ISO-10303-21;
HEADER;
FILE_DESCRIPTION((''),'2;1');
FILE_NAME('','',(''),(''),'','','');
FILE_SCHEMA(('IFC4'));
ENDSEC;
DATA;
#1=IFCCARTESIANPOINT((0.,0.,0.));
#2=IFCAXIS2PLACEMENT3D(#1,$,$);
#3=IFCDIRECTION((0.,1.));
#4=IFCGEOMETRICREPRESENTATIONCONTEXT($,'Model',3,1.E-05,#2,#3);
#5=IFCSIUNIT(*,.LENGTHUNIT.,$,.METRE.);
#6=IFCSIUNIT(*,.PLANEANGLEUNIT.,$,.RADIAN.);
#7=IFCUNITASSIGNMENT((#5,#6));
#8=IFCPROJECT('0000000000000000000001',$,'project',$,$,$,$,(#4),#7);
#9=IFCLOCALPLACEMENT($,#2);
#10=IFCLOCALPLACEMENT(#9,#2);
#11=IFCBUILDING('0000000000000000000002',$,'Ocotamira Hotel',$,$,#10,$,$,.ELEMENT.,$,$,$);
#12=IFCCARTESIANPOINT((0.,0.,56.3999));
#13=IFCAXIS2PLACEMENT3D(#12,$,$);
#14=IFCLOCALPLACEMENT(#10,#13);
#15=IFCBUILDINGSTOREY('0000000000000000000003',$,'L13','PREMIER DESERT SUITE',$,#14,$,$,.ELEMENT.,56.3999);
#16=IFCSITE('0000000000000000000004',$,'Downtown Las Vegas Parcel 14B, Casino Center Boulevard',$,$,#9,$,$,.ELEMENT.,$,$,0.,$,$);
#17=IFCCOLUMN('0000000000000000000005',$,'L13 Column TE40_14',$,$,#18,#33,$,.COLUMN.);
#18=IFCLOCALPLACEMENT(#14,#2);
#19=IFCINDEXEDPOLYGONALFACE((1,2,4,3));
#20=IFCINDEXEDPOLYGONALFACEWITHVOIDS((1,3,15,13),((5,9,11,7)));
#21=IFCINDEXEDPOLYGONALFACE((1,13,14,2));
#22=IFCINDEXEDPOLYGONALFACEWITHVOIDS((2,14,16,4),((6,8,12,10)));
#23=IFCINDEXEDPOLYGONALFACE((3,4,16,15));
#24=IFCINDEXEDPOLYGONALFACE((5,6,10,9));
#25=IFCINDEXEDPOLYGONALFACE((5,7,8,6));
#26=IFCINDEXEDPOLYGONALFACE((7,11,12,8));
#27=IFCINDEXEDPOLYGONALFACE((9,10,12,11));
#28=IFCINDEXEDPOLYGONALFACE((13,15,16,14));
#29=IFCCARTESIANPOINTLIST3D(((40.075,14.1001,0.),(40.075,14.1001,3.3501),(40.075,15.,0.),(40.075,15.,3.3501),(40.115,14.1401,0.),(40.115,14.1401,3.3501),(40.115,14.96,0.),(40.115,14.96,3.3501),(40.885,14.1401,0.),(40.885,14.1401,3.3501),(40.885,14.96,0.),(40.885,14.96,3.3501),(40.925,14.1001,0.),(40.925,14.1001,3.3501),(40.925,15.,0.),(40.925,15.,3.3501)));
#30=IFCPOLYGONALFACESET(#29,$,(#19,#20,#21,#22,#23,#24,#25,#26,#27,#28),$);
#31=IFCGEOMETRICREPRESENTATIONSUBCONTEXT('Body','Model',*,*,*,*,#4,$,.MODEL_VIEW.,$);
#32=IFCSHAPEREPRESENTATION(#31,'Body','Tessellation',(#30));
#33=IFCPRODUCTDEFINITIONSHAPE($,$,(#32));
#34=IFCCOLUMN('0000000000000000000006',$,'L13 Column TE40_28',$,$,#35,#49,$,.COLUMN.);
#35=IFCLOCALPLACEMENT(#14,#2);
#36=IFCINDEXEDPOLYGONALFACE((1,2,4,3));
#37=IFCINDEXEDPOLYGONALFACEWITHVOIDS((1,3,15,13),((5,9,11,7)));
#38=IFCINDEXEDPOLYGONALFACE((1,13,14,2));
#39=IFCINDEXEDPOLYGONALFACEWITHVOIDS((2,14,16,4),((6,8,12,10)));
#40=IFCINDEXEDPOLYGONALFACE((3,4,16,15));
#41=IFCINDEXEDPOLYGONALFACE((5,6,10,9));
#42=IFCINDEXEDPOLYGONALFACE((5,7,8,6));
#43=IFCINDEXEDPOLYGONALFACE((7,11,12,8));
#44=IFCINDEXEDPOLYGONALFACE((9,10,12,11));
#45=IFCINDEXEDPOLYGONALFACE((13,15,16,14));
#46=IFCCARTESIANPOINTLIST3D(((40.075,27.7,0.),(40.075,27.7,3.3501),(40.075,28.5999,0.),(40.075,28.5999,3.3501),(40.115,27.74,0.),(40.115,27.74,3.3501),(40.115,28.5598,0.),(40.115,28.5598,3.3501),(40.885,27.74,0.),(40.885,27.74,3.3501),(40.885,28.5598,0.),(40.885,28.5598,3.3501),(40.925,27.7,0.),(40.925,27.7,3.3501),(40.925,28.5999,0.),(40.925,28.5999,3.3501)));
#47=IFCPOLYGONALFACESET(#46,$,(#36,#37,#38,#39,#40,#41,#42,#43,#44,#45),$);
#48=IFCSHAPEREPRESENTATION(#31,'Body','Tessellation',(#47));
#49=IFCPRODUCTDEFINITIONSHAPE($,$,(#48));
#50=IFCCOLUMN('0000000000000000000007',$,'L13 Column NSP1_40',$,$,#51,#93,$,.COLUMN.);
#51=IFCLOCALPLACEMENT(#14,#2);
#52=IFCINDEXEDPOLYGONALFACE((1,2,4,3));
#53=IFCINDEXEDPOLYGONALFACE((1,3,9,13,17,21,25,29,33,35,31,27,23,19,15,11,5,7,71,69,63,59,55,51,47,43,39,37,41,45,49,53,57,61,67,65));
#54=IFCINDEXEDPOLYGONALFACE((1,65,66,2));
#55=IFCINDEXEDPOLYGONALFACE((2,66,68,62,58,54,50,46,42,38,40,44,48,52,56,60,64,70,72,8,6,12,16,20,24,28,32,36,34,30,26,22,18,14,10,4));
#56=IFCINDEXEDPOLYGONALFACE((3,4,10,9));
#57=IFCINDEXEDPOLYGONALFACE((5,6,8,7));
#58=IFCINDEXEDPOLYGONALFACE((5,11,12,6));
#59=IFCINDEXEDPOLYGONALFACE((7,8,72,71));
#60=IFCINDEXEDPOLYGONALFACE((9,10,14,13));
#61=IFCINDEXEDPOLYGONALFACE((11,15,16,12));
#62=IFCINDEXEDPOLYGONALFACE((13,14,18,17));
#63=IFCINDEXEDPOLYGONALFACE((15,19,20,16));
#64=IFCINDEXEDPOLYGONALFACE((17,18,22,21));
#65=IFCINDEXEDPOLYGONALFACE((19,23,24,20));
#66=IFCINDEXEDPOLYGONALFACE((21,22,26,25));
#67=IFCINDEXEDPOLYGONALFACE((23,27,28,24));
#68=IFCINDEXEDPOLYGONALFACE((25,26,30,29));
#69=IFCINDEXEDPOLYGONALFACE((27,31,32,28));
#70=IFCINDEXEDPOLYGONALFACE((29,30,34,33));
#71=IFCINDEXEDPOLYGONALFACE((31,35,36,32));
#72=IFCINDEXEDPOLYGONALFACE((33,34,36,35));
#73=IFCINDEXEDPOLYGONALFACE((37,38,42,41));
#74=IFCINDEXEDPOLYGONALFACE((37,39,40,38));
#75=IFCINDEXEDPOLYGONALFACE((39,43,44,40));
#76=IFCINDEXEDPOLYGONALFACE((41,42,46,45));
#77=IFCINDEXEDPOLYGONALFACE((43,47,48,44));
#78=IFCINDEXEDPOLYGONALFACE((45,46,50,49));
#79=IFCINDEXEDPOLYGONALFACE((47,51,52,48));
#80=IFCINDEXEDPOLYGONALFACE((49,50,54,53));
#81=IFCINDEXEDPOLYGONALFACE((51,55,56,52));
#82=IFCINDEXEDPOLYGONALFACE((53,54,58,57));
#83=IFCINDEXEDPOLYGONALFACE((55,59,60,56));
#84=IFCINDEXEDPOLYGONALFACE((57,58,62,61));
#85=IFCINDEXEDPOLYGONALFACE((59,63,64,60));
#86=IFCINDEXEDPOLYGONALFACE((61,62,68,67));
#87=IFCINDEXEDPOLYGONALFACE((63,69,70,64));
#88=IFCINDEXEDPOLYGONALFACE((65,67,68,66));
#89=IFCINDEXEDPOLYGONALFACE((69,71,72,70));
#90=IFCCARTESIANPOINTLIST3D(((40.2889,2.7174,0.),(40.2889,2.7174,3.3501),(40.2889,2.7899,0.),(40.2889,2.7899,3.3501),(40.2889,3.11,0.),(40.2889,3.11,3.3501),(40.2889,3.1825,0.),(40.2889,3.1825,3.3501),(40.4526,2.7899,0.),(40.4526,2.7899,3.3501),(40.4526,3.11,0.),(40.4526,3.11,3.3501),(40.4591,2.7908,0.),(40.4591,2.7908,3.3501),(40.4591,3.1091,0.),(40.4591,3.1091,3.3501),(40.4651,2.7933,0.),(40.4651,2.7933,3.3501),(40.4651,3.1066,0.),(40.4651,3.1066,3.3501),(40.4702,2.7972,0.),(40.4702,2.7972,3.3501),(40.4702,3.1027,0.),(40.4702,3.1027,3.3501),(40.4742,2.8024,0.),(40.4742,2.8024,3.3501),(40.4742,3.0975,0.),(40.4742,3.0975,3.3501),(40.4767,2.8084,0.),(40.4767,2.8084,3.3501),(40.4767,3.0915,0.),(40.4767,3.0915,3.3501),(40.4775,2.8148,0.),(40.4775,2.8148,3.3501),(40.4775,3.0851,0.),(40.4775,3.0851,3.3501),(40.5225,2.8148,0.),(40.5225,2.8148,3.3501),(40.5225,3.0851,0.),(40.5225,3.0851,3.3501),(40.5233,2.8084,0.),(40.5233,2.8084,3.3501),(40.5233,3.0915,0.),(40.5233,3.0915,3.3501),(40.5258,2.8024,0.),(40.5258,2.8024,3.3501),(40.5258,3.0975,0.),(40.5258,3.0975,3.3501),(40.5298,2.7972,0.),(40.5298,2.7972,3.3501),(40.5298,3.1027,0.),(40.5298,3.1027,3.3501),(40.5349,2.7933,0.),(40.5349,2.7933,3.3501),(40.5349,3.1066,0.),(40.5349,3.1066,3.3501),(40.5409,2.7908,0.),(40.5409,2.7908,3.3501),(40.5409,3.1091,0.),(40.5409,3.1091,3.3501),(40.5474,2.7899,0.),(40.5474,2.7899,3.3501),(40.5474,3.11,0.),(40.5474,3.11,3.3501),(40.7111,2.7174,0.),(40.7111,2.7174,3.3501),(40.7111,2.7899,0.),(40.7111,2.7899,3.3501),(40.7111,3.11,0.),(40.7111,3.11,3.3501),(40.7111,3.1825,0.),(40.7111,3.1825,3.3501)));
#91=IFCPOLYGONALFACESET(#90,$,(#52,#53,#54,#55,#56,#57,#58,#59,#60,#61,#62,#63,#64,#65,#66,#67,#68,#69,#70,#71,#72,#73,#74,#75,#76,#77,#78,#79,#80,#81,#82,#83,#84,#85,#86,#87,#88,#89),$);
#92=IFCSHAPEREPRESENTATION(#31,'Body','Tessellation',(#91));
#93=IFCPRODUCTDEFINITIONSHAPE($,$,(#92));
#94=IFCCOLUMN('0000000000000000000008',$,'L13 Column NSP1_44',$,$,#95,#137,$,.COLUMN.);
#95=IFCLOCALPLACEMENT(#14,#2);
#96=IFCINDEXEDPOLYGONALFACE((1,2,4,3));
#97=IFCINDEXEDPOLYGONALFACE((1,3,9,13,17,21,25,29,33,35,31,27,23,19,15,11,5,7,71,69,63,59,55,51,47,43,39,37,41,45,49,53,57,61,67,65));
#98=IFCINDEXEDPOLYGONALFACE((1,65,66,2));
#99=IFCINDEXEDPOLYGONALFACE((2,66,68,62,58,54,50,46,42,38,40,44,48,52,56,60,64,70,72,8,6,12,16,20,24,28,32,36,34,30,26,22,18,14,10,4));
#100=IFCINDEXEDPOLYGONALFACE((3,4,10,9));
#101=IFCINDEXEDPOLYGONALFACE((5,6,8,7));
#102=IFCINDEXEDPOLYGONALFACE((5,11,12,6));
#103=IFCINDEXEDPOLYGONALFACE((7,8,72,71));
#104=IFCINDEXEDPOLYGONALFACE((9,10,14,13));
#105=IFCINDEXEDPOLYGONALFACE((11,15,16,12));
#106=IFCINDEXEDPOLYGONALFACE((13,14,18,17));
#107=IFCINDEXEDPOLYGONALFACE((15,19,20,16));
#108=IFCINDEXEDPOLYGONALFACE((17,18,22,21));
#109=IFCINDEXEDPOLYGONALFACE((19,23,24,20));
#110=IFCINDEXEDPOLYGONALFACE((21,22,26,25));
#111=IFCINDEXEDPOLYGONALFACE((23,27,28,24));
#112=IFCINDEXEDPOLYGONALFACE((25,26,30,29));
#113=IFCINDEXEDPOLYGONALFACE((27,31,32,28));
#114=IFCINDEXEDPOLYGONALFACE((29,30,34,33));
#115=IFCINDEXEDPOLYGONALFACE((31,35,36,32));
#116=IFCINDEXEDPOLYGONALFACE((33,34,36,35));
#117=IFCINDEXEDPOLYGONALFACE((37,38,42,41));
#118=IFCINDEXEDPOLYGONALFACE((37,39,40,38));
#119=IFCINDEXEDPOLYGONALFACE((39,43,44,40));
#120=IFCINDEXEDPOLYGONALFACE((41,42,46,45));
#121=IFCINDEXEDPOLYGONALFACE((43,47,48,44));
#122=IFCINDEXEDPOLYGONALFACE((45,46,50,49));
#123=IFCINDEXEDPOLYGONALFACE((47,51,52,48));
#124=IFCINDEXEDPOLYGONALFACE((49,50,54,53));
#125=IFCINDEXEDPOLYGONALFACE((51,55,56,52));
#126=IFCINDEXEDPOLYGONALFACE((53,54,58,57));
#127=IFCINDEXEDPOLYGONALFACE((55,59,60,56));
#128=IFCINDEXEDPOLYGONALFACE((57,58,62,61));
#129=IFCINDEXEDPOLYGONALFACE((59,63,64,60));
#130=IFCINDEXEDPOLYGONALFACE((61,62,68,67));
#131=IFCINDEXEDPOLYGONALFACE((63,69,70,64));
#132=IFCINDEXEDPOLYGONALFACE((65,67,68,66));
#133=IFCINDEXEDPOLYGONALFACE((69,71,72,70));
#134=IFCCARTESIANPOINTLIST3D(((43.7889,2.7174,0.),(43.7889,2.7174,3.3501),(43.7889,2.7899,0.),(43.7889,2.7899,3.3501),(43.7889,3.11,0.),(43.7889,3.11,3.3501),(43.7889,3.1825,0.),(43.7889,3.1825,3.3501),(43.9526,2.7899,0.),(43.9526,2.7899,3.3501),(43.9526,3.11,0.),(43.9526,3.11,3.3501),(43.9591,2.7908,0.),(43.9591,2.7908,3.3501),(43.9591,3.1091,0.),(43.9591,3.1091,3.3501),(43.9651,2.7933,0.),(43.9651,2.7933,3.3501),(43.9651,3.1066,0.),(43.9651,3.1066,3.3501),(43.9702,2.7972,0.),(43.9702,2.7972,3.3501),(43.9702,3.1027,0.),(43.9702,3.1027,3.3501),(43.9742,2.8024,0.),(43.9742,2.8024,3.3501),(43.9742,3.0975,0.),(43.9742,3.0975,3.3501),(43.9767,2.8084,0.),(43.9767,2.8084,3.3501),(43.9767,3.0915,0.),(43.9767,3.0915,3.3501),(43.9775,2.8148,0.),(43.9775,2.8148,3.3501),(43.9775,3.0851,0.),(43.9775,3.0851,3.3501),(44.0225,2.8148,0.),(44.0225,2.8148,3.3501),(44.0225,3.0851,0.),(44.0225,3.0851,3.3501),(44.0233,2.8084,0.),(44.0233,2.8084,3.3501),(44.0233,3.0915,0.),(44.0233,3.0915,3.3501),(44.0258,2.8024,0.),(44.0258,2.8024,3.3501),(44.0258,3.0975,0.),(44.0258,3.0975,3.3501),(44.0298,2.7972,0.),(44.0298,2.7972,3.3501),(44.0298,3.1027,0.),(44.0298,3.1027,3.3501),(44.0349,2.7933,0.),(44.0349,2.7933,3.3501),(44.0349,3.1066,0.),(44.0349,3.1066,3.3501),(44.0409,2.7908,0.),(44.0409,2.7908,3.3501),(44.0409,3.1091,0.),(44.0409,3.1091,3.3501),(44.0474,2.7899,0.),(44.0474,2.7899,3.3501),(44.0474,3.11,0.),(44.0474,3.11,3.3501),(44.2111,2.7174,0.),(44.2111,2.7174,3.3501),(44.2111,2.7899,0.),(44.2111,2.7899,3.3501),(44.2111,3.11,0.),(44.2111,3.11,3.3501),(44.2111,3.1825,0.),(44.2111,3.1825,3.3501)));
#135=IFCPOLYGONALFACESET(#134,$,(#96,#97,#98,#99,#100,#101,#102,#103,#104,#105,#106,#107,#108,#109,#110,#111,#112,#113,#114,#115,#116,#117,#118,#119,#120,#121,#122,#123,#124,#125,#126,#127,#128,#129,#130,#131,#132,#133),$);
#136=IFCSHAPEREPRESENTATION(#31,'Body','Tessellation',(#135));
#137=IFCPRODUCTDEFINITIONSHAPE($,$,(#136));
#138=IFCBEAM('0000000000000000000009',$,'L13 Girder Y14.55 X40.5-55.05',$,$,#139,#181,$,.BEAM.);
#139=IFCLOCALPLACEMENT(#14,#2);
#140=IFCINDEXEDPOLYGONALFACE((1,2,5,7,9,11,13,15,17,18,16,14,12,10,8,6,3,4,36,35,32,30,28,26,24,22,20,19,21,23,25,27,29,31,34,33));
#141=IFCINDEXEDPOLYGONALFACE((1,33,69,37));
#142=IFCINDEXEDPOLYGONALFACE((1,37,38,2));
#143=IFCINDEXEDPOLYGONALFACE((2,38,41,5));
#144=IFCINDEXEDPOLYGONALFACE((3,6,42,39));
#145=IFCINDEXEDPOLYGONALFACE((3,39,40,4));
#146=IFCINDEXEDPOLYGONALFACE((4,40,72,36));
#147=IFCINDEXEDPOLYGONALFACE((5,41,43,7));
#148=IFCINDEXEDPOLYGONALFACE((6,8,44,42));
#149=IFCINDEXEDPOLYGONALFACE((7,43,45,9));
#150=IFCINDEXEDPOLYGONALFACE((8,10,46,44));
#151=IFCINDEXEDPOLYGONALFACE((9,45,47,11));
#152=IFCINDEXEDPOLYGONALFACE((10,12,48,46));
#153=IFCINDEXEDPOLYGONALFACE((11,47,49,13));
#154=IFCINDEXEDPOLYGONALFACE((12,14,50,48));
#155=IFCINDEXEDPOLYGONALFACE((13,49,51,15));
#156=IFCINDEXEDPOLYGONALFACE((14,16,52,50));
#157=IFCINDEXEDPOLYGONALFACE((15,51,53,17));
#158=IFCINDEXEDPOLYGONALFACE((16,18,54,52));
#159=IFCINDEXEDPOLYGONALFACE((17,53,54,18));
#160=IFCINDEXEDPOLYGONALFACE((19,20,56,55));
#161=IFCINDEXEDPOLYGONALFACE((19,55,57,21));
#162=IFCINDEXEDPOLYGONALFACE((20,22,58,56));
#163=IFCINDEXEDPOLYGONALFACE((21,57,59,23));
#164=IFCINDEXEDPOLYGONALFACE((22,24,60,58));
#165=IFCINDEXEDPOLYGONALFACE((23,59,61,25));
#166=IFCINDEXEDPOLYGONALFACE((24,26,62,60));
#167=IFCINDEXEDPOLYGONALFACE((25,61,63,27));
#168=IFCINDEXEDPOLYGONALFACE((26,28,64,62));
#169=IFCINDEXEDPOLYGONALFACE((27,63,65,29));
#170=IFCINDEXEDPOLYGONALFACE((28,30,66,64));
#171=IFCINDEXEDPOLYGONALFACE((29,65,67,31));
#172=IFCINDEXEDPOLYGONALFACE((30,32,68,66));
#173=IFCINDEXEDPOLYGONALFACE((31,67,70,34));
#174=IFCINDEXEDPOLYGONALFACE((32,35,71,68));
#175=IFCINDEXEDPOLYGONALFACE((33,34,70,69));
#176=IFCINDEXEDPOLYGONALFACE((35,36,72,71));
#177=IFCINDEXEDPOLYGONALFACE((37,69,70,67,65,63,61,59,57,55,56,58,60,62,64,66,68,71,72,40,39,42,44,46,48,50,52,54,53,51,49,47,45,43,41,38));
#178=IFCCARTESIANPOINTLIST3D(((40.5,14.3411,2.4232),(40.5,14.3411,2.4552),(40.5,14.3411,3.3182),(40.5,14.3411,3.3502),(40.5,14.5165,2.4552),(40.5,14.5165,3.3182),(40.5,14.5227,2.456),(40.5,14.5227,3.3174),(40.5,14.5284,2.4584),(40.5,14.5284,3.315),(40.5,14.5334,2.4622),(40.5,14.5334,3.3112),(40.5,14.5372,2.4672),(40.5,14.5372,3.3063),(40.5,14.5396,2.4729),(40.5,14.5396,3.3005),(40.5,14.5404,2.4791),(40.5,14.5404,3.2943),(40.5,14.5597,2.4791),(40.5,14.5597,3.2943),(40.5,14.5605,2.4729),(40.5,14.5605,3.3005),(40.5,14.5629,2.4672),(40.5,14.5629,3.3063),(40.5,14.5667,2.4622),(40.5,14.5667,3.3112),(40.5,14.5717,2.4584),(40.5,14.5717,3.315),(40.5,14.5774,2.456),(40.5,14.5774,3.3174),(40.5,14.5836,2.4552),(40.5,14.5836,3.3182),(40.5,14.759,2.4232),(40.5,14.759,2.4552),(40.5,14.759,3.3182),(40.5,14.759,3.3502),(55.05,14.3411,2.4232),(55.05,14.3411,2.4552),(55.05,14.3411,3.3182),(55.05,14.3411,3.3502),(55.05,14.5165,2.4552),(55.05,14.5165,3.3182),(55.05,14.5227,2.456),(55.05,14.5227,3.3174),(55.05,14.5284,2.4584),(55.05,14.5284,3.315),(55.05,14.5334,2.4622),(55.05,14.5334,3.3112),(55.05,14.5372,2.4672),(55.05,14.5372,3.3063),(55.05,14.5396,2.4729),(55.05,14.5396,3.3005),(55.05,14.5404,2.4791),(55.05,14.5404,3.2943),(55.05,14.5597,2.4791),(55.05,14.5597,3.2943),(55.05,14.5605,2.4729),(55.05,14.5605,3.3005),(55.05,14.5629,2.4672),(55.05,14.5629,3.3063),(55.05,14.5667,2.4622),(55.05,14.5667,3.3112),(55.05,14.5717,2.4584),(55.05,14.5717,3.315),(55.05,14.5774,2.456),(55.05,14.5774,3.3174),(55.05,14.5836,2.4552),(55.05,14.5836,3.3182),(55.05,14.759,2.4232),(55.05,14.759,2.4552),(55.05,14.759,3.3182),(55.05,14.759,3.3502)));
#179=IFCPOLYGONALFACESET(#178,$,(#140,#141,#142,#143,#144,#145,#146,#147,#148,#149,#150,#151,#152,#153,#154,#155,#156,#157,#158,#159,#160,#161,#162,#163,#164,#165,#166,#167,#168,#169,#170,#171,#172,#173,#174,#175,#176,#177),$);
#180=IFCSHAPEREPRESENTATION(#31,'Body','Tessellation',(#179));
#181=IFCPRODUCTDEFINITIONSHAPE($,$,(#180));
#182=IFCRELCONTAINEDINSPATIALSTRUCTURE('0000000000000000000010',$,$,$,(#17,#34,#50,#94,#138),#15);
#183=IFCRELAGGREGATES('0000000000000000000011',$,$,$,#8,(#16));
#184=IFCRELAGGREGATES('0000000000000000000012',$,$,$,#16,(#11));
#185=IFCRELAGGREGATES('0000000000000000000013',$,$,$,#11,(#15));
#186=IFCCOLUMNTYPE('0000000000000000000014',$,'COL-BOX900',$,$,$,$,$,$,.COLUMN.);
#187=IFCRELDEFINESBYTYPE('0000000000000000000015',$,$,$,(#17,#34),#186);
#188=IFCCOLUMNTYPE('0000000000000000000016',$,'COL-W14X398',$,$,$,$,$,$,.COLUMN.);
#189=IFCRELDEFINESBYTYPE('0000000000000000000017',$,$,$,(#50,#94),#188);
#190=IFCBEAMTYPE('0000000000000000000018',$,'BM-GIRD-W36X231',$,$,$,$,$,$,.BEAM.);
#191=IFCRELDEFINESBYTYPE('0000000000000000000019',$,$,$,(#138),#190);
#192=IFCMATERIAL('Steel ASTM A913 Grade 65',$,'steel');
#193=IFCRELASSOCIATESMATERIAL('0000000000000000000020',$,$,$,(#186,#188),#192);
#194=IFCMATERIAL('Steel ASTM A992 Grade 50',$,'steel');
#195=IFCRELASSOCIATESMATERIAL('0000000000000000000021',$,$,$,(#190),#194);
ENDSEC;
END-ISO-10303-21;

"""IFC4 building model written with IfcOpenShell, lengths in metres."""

from ifc_helpers import new_model, si_unit, direction, frame, origin, origin_2d, place, context, subcontext, project, spatial, hollow_rectangle, i_section, extrude, source, transform, mapped, material, material_profile, profile_set, type_object, element, save


model = new_model("IFC4")

# Units and contexts
model_context = context("Model", 3, precision=1e-05, world=origin(), true_north=direction((0.0, 1.0)))
body_context = subcontext(model_context, "Body", "Model", "MODEL_VIEW")
ifc_project = project(units=[si_unit("LENGTHUNIT", "METRE"), si_unit("PLANEANGLEUNIT", "RADIAN")], contexts=[model_context])

# Site, building, storey
site_placement = place(None, origin())
site = spatial("IfcSite", under=ifc_project, at=site_placement, Name="Downtown Las Vegas Parcel 14B, Casino Center Boulevard", CompositionType="ELEMENT", RefElevation=0.0)
building_placement = place(site_placement, origin())
building = spatial("IfcBuilding", under=site, at=building_placement, Name="Ocotamira Hotel", CompositionType="ELEMENT")
storey_placement = place(building_placement, frame((0.0, 0.0, 56.3999)))
storey = spatial("IfcBuildingStorey", under=building, at=storey_placement, Name="L13", Description="PREMIER DESERT SUITE", CompositionType="ELEMENT", Elevation=56.3999)

# Columns
ifc_material_1 = material(Name="Steel ASTM A913 Grade 65", Category="steel")
ifc_material_profile_1 = material_profile(ifc_material_1, hollow_rectangle(XDim=0.8501, YDim=0.8999, WallThickness=0.04, at=origin_2d()), Name="BOX900X850X40")
ifc_profile_set_1 = profile_set([ifc_material_profile_1], Name="Steel ASTM A913 Grade 65")
column_type_1 = type_object("IfcColumnType", Name="COL-BOX900", PredefinedType="COLUMN", material=ifc_profile_set_1)
shared_shape_1 = source(origin(), body_context, "Body", "SweptSolid", [
    extrude(hollow_rectangle(XDim=0.8501, YDim=0.8999, WallThickness=0.04, at=origin_2d()), origin(), (0.0, 0.0, 1.0), 3.3501),
])
for number, where, z_axis, x_axis, name in (
    (1, (40.5, 14.55, 0.0), (0.0, 0.0, 1.0), (1.0, 0.0, 0.0), "L13 Column TE40_14"),
    (2, (40.5, 28.1499, 0.0), (0.0, 0.0, 1.0), (1.0, 0.0, 0.0), "L13 Column TE40_28"),
):
    element("IfcColumn", number, at=place(storey_placement, frame(where, z_axis=z_axis, x_axis=x_axis)), inside=storey, type_object=column_type_1, Name=name, PredefinedType="COLUMN", context=body_context, shape_type="MappedRepresentation", body=[
        mapped(shared_shape_1, transform((0.0, 0.0, 0.0), scale=1.0)),
    ])
ifc_material_profile_2 = material_profile(ifc_material_1, i_section(OverallWidth=0.4221, OverallDepth=0.4651, WebThickness=0.0449, FlangeThickness=0.0725, FilletRadius=0.0249, at=origin_2d()), Name="W14X398")
ifc_profile_set_2 = profile_set([ifc_material_profile_2], Name="Steel ASTM A913 Grade 65")
column_type_2 = type_object("IfcColumnType", Name="COL-W14X398", PredefinedType="COLUMN", material=ifc_profile_set_2)
shared_shape_2 = source(origin(), body_context, "Body", "SweptSolid", [
    extrude(i_section(OverallWidth=0.4221, OverallDepth=0.4651, WebThickness=0.0449, FlangeThickness=0.0725, FilletRadius=0.0249, at=origin_2d()), origin(), (0.0, 0.0, 1.0), 3.3501),
])
for number, where, z_axis, x_axis, name in (
    (3, (40.5, 2.95, 0.0), (0.0, 0.0, 1.0), (1.0, 0.0, 0.0), "L13 Column NSP1_40"),
    (4, (44.0, 2.95, 0.0), (0.0, 0.0, 1.0), (1.0, 0.0, 0.0), "L13 Column NSP1_44"),
):
    element("IfcColumn", number, at=place(storey_placement, frame(where, z_axis=z_axis, x_axis=x_axis)), inside=storey, type_object=column_type_2, Name=name, PredefinedType="COLUMN", context=body_context, shape_type="MappedRepresentation", body=[
        mapped(shared_shape_2, transform((0.0, 0.0, 0.0), scale=1.0)),
    ])

# Beam
ifc_material_2 = material(Name="Steel ASTM A992 Grade 50", Category="steel")
ifc_material_profile_3 = material_profile(ifc_material_2, i_section(OverallWidth=0.418, OverallDepth=0.927, WebThickness=0.0193, FlangeThickness=0.032, FilletRadius=0.0239, at=origin_2d()), Name="W36X231")
ifc_profile_set_3 = profile_set([ifc_material_profile_3], Name="Steel ASTM A992 Grade 50")
beam_type_1 = type_object("IfcBeamType", Name="BM-GIRD-W36X231", PredefinedType="BEAM", material=ifc_profile_set_3)
shared_shape_3 = source(origin(), body_context, "Body", "SweptSolid", [
    extrude(i_section(OverallWidth=0.418, OverallDepth=0.927, WebThickness=0.0193, FlangeThickness=0.032, FilletRadius=0.0239, at=origin_2d()), origin(), (0.0, 0.0, 1.0), 14.55),
])
beam_1_placement = place(storey_placement, frame((40.5, 14.55, 2.8867), z_axis=(1.0, 0.0, 0.0), x_axis=(0.0, 1.0, 0.0)))
element("IfcBeam", 5, at=beam_1_placement, inside=storey, type_object=beam_type_1, Name="L13 Girder Y14.55 X40.5-55.05", PredefinedType="BEAM", context=body_context, shape_type="MappedRepresentation", body=[
    mapped(shared_shape_3, transform((0.0, 0.0, 0.0), scale=1.0)),
])

save(model, "model.ifc")
